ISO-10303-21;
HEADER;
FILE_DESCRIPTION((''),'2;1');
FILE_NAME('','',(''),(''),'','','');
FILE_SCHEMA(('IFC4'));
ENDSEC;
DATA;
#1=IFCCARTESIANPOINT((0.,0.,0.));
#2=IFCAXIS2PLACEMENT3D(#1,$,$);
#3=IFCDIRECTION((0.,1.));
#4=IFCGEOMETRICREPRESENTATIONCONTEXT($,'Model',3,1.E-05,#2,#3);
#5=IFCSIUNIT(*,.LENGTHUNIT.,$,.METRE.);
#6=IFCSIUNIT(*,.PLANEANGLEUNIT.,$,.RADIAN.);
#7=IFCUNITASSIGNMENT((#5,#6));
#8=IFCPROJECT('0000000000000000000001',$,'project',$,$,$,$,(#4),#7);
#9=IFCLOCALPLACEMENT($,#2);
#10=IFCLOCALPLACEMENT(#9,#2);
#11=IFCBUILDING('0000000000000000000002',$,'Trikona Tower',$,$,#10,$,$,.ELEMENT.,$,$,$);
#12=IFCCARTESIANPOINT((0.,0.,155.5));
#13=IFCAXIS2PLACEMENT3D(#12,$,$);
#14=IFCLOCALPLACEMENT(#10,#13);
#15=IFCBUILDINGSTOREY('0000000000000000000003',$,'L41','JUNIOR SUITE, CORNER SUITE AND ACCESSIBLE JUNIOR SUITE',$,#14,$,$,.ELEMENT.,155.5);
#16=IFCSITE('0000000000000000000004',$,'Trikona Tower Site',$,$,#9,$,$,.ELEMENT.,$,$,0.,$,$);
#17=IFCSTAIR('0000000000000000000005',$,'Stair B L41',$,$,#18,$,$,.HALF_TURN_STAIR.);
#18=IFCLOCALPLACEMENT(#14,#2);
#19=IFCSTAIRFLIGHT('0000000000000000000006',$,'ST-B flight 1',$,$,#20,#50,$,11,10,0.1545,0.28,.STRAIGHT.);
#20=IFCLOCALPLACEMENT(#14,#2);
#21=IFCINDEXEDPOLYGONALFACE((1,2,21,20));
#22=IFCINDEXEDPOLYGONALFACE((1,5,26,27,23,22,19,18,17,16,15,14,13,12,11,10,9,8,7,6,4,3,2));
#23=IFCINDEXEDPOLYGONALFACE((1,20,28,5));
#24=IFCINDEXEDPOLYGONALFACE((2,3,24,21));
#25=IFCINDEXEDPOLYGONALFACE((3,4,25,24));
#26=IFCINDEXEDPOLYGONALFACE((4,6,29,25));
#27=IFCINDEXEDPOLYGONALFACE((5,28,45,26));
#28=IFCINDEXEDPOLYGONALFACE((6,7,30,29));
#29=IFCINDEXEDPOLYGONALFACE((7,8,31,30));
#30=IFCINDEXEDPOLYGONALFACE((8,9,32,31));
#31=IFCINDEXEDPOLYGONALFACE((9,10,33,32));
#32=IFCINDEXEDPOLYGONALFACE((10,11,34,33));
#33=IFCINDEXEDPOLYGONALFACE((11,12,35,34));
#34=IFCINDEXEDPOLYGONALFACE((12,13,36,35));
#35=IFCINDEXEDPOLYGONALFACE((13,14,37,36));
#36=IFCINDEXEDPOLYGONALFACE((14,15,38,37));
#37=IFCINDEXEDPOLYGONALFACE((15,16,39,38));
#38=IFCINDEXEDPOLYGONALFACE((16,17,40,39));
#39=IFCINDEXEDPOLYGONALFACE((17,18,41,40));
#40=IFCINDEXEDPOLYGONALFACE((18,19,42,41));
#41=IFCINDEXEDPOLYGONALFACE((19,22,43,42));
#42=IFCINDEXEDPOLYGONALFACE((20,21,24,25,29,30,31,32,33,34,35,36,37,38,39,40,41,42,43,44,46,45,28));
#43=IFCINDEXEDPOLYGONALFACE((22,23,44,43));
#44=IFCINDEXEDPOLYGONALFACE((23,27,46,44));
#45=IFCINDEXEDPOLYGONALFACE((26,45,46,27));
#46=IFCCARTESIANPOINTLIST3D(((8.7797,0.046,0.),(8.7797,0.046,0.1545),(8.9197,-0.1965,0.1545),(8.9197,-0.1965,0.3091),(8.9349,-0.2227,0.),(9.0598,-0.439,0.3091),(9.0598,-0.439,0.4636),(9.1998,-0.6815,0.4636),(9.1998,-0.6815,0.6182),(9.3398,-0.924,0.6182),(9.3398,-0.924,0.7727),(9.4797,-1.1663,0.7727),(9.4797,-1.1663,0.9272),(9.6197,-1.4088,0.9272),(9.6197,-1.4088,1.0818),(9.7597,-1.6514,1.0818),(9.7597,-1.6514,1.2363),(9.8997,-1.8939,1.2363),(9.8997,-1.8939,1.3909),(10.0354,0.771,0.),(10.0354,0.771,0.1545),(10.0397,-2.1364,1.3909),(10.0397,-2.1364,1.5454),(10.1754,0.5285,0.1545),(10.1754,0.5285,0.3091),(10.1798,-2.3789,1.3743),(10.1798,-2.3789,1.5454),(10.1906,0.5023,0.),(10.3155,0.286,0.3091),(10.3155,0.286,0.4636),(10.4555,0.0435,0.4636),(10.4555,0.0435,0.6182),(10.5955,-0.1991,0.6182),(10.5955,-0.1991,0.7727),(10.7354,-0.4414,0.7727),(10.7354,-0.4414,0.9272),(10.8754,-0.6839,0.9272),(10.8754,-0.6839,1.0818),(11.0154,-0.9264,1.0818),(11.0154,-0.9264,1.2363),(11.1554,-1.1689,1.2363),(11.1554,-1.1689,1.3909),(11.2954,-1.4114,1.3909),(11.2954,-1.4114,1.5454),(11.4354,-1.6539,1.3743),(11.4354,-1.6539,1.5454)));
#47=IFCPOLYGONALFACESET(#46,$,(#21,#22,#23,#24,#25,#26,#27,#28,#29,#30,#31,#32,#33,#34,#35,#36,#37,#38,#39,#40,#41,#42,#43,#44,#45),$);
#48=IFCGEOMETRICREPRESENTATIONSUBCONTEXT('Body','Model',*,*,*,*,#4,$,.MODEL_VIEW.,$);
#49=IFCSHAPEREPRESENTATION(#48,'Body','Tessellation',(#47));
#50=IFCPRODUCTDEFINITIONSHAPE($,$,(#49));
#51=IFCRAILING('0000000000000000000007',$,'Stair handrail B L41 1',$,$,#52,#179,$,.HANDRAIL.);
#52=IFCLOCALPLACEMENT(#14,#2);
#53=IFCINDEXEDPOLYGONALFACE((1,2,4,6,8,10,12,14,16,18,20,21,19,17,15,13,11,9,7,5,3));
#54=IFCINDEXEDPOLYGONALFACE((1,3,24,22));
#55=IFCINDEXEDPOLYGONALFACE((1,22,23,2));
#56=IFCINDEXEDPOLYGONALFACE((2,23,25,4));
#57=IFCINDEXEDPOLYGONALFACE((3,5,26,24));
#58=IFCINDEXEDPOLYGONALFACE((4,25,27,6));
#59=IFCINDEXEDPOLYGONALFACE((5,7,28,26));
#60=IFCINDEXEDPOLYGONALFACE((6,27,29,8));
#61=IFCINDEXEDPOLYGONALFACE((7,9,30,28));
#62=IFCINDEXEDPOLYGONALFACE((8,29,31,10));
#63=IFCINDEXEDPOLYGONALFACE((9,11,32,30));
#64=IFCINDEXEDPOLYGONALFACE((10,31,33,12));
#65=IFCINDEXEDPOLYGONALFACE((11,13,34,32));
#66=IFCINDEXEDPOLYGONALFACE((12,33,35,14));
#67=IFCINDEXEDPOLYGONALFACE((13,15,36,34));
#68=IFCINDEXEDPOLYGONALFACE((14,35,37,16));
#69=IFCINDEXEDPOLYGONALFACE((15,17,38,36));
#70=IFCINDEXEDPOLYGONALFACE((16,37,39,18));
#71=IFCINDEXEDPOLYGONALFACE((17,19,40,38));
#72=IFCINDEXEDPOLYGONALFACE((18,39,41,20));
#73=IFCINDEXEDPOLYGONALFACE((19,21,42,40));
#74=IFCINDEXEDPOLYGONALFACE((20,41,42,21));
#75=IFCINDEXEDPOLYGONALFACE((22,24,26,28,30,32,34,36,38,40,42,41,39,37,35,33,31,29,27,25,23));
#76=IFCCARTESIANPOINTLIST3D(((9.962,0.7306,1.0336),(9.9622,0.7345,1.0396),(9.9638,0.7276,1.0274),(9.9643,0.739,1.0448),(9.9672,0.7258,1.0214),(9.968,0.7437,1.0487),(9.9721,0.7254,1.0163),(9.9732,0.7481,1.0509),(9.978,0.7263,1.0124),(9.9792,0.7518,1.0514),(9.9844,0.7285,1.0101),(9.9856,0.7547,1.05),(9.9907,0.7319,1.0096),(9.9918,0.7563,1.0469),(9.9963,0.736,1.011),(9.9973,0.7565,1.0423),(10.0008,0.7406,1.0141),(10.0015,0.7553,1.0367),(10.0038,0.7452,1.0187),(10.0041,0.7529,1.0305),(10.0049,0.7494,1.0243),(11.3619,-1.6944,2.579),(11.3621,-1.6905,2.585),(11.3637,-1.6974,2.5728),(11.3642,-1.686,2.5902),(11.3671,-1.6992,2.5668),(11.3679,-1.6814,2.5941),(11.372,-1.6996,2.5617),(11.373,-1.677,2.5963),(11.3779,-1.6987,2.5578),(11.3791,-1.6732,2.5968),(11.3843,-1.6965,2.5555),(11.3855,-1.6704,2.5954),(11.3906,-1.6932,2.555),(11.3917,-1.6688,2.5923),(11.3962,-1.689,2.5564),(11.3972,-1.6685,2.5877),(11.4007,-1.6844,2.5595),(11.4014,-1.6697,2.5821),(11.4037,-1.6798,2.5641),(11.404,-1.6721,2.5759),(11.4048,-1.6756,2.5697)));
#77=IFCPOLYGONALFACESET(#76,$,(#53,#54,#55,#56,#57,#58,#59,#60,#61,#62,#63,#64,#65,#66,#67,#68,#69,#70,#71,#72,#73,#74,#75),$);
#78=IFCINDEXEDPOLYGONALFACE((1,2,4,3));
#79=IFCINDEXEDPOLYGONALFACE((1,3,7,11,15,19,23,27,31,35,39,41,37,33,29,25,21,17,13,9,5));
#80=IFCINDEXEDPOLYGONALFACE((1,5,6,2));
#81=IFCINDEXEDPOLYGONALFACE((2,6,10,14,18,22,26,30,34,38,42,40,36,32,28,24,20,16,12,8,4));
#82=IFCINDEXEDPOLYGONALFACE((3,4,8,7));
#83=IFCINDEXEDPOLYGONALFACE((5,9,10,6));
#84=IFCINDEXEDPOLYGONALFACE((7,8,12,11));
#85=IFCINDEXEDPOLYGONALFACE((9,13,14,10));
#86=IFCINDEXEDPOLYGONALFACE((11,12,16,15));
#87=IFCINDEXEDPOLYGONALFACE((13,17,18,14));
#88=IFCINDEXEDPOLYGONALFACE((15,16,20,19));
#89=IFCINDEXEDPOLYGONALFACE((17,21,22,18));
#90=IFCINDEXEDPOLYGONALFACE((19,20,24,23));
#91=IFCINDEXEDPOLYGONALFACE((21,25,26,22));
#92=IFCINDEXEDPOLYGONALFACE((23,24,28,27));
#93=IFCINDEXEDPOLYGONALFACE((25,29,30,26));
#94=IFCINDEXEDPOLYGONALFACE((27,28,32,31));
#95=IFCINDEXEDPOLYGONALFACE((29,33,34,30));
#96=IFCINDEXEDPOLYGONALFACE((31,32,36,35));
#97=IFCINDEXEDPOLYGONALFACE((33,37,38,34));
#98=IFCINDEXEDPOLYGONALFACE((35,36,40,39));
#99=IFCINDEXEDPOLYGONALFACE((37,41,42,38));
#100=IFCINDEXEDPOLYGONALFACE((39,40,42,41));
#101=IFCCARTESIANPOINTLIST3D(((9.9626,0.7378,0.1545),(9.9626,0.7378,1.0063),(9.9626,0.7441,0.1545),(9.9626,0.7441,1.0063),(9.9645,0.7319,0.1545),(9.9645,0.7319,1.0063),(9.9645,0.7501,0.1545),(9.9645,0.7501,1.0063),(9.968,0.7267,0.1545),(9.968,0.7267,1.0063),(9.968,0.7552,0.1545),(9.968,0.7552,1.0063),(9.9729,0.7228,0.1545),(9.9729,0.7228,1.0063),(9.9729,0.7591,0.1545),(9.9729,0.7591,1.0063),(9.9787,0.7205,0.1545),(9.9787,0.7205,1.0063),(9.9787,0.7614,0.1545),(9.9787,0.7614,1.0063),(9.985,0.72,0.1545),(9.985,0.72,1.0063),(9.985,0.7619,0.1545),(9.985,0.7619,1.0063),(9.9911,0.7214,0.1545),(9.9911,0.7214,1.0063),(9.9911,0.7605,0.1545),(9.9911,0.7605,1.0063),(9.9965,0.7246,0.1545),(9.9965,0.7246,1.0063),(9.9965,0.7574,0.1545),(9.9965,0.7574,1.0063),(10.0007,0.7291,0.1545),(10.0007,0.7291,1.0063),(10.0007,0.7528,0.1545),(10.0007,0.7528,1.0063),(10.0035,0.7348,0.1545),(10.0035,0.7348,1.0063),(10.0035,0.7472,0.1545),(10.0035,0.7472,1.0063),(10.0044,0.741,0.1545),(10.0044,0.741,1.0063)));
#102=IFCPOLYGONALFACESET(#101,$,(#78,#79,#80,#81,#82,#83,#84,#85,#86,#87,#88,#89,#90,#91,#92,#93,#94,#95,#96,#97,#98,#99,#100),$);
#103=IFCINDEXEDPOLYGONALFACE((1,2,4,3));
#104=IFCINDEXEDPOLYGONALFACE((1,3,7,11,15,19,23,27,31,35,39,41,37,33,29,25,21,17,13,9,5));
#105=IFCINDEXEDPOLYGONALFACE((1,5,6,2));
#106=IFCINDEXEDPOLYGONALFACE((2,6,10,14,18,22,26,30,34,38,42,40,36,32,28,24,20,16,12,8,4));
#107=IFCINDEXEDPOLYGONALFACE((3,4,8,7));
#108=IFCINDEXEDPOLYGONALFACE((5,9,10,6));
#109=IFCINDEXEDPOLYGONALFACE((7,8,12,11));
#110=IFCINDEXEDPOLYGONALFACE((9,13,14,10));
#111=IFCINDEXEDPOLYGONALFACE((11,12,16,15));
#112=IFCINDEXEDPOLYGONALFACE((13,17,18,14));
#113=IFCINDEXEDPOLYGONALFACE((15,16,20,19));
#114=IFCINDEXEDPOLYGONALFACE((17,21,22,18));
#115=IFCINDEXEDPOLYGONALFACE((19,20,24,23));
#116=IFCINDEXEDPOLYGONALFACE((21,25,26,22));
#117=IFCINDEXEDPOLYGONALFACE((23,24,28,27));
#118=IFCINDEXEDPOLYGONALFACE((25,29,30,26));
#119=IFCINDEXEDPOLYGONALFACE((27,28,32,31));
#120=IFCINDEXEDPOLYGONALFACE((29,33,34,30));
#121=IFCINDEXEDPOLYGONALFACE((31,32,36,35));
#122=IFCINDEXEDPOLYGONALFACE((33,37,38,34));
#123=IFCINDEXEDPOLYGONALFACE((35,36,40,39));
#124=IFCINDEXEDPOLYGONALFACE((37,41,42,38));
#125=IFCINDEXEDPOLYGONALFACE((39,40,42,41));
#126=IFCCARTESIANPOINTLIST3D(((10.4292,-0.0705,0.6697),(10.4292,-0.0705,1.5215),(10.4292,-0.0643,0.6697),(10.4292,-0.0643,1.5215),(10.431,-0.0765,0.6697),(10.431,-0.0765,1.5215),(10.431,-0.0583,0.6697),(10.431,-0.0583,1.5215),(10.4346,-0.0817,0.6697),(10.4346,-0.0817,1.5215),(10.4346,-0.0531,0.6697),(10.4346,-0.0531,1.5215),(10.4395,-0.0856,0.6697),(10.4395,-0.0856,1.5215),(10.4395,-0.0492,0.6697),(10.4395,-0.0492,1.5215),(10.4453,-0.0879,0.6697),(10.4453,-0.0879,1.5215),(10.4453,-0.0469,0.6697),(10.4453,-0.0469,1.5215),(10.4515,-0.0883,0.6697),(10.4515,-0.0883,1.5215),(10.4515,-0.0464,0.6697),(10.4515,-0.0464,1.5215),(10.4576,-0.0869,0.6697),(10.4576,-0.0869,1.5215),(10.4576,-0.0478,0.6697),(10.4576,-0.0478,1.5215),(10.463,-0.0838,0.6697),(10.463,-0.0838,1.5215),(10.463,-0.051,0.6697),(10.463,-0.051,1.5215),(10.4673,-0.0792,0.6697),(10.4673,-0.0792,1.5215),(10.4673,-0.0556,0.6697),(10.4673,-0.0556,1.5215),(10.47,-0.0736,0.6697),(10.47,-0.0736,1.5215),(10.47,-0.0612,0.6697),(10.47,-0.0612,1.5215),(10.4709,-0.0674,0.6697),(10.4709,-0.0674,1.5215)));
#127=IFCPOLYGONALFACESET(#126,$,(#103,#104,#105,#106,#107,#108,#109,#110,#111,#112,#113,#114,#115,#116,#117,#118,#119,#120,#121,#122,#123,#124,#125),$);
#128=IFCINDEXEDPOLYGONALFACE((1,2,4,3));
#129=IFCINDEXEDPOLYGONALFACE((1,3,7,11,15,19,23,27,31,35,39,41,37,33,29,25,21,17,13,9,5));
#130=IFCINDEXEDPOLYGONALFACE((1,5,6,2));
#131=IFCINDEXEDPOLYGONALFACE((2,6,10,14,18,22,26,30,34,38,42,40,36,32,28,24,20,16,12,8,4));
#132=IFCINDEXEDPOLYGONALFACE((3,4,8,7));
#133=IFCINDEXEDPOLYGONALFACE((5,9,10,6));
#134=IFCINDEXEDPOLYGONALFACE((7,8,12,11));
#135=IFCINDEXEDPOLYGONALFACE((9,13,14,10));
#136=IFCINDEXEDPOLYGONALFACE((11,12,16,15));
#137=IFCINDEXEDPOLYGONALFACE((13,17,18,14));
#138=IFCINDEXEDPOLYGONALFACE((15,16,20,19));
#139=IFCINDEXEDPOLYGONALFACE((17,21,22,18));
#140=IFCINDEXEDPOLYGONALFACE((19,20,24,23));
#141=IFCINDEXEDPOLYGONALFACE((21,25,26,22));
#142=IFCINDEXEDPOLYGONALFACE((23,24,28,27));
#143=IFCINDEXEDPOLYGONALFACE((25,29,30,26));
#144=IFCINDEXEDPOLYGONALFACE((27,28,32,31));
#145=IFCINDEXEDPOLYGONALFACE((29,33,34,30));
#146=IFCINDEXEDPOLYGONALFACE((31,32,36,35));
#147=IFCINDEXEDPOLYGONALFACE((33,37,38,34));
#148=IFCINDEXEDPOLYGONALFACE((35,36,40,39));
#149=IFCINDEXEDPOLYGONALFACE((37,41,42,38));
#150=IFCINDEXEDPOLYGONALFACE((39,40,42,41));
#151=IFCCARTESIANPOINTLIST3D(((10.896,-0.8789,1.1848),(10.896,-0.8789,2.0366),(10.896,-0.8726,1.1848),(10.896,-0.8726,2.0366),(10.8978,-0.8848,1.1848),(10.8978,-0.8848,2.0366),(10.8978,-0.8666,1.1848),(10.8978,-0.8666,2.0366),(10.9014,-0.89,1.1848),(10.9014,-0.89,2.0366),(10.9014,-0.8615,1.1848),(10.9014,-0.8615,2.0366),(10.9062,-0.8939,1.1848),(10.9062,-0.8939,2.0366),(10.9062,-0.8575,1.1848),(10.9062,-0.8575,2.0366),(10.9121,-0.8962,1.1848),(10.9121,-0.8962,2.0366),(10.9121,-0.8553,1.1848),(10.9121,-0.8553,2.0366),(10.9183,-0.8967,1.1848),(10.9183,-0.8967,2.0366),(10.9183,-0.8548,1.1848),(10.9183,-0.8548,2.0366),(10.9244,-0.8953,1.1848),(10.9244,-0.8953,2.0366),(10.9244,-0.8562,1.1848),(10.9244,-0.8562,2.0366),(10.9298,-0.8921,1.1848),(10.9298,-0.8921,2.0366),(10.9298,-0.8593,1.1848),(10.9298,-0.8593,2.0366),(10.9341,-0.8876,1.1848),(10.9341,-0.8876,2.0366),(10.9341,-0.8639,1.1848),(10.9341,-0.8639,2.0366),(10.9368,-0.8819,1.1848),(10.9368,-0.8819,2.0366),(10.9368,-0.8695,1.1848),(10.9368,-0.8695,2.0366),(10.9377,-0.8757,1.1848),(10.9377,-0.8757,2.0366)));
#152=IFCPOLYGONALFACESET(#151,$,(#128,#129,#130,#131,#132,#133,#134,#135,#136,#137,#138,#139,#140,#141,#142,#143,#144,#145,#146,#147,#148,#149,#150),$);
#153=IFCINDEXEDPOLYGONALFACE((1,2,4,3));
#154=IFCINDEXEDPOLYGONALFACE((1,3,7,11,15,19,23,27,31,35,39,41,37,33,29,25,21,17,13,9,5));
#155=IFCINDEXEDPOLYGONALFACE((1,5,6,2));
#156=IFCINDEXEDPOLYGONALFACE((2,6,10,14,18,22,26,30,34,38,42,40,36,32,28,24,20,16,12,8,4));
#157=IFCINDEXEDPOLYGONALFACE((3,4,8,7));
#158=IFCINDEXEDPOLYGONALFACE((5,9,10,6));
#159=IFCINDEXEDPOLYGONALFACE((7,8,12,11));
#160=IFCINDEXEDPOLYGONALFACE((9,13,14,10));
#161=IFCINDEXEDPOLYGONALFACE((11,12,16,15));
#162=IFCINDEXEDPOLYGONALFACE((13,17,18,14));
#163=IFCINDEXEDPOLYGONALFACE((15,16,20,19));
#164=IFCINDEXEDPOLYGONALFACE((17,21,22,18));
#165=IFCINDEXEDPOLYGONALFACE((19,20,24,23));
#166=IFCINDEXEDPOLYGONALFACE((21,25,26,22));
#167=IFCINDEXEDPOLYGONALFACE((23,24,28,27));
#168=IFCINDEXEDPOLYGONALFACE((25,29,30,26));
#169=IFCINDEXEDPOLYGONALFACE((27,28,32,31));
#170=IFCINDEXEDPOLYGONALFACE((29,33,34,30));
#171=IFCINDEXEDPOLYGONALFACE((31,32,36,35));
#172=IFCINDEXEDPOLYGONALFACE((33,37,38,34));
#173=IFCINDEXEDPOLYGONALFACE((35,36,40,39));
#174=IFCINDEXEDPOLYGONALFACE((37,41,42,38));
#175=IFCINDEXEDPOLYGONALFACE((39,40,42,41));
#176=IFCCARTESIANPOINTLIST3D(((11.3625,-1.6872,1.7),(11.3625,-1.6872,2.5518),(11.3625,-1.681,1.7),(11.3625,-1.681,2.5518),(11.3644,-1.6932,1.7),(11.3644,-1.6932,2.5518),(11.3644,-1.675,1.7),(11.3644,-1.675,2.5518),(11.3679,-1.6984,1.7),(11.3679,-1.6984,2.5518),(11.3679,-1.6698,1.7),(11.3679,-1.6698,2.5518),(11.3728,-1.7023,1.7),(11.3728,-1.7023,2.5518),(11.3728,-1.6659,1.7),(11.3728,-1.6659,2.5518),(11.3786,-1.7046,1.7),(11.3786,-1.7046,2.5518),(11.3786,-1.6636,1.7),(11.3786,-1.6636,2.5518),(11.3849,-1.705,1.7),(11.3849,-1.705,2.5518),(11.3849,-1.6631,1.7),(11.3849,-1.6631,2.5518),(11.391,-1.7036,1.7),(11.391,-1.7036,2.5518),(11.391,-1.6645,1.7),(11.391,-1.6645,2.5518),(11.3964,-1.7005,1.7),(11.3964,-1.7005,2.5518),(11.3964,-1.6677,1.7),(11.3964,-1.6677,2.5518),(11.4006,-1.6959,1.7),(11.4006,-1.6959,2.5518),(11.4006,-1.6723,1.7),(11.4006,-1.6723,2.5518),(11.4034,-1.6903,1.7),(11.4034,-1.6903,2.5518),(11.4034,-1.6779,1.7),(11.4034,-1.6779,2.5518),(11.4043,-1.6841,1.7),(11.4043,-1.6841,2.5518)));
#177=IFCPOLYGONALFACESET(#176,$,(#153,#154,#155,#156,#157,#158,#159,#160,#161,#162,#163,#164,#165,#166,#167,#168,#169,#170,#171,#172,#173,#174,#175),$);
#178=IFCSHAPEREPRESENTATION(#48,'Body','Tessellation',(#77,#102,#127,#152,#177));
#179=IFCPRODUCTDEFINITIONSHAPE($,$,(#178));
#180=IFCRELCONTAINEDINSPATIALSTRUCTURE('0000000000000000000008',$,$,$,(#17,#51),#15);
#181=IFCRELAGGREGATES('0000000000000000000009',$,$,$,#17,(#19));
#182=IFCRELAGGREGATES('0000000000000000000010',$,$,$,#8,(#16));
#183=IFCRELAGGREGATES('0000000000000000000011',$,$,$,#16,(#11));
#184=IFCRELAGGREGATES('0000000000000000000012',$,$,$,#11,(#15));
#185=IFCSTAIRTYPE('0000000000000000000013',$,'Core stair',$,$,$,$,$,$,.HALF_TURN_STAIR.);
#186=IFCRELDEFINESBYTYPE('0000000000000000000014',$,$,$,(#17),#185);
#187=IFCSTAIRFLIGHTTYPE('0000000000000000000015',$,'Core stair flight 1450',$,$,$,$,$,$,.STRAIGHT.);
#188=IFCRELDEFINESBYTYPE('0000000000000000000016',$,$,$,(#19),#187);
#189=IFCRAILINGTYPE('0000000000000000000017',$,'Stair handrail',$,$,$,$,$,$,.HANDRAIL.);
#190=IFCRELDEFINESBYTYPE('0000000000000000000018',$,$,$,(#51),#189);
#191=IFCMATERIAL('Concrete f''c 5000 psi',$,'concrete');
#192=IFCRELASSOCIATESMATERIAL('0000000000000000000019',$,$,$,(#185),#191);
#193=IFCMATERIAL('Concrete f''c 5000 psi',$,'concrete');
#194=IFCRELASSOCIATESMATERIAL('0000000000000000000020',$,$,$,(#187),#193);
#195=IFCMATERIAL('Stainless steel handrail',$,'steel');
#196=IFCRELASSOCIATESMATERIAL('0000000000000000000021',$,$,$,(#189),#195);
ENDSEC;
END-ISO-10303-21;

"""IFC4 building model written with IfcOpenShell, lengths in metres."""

from ifc_helpers import new_model, si_unit, direction, frame, origin, origin_2d, place, context, subcontext, project, spatial, polyline, circle, outline, extrude, material, type_object, element, aggregate, save


model = new_model("IFC4")

# Units and contexts
model_context = context("Model", 3, precision=1e-05, world=origin(), true_north=direction((0.0, 1.0)))
body_context = subcontext(model_context, "Body", "Model", "MODEL_VIEW")
ifc_project = project(units=[si_unit("LENGTHUNIT", "METRE"), si_unit("PLANEANGLEUNIT", "RADIAN")], contexts=[model_context])

# Site, building, storey
site_placement = place(None, origin())
site = spatial("IfcSite", under=ifc_project, at=site_placement, Name="Trikona Tower Site", CompositionType="ELEMENT", RefElevation=0.0)
building_placement = place(site_placement, origin())
building = spatial("IfcBuilding", under=site, at=building_placement, Name="Trikona Tower", CompositionType="ELEMENT")
storey_placement = place(building_placement, frame((0.0, 0.0, 155.5)))
storey = spatial("IfcBuildingStorey", under=building, at=storey_placement, Name="L41", Description="JUNIOR SUITE, CORNER SUITE AND ACCESSIBLE JUNIOR SUITE", CompositionType="ELEMENT", Elevation=155.5)

# Stair
ifc_material_1 = material(Name="Concrete f'c 5000 psi", Category="concrete")
stair_type = type_object("IfcStairType", Name="Core stair", PredefinedType="HALF_TURN_STAIR", material=ifc_material_1)
stair_1_placement = place(storey_placement, origin())
stair_1 = element("IfcStair", 1, at=stair_1_placement, inside=storey, type_object=stair_type, Name="Stair B L41", PredefinedType="HALF_TURN_STAIR")

# Stair flight
ifc_material_2 = material(Name="Concrete f'c 5000 psi", Category="concrete")
stair_flight_type = type_object("IfcStairFlightType", Name="Core stair flight 1450", PredefinedType="STRAIGHT", material=ifc_material_2)
stair_flight_placement = place(storey_placement, frame((9.4075, 0.4084, 0.0), z_axis=(0.0, 0.0, 1.0), x_axis=(0.5, -0.866025, 0.0)))
stair_flight = element("IfcStairFlight", 2, at=stair_flight_placement, type_object=stair_flight_type, Name="ST-B flight 1", NumberOfRisers=11, NumberOfTreads=10, PredefinedType="STRAIGHT", RiserHeight=0.1545, TreadLength=0.28, context=body_context, shape_type="SweptSolid", body=[
    extrude(outline(polyline([(0.0, 0.0), (0.0, 0.1545), (0.28, 0.1545), (0.28, 0.3091), (0.5601, 0.3091), (0.5601, 0.4636), (0.8401, 0.4636), (0.8401, 0.6182), (1.1201, 0.6182), (1.1201, 0.7727), (1.3999, 0.7727), (1.3999, 0.9272), (1.6799, 0.9272), (1.6799, 1.0818), (1.96, 1.0818), (1.96, 1.2363), (2.24, 1.2363), (2.24, 1.3909), (2.52, 1.3909), (2.52, 1.5454), (2.8, 1.5454), (2.8, 1.7), (2.8, 1.3743), (0.3103, 0.0), (0.0, 0.0)])), frame((0.0, 0.7251, 0.0), z_axis=(0.0, -1.0, 0.0), x_axis=(1.0, 0.0, 0.0)), (0.0, 0.0, 1.0), 1.45),
])
aggregate(stair_1, [stair_flight])

# Railing
ifc_material_3 = material(Name="Stainless steel handrail", Category="steel")
railing_type = type_object("IfcRailingType", Name="Stair handrail", PredefinedType="HANDRAIL", material=ifc_material_3)
railing_placement = place(storey_placement, frame((9.9834, 0.741, 0.1545)))
element("IfcRailing", 3, at=railing_placement, inside=storey, type_object=railing_type, Name="Stair handrail B L41 1", PredefinedType="HANDRAIL", context=body_context, shape_type="SweptSolid", body=[
    extrude(circle(Radius=0.0239, at=origin_2d()), frame((0.0, 0.0, 0.876), z_axis=(0.437707, -0.75824, 0.483203), x_axis=(0.866056, 0.499946, 0.0)), (0.0, 0.0, 1.0), 3.1982),
    extrude(circle(Radius=0.021, at=origin_2d()), origin(), (0.0, 0.0, 1.0), 0.8518),
    extrude(circle(Radius=0.021, at=origin_2d()), frame((0.4666, -0.8083, 0.5151)), (0.0, 0.0, 1.0), 0.8518),
    extrude(circle(Radius=0.021, at=origin_2d()), frame((0.9333, -1.6167, 1.0303)), (0.0, 0.0, 1.0), 0.8518),
    extrude(circle(Radius=0.021, at=origin_2d()), frame((1.3999, -2.425, 1.5454)), (0.0, 0.0, 1.0), 0.8518),
])

save(model, "model.ifc")
